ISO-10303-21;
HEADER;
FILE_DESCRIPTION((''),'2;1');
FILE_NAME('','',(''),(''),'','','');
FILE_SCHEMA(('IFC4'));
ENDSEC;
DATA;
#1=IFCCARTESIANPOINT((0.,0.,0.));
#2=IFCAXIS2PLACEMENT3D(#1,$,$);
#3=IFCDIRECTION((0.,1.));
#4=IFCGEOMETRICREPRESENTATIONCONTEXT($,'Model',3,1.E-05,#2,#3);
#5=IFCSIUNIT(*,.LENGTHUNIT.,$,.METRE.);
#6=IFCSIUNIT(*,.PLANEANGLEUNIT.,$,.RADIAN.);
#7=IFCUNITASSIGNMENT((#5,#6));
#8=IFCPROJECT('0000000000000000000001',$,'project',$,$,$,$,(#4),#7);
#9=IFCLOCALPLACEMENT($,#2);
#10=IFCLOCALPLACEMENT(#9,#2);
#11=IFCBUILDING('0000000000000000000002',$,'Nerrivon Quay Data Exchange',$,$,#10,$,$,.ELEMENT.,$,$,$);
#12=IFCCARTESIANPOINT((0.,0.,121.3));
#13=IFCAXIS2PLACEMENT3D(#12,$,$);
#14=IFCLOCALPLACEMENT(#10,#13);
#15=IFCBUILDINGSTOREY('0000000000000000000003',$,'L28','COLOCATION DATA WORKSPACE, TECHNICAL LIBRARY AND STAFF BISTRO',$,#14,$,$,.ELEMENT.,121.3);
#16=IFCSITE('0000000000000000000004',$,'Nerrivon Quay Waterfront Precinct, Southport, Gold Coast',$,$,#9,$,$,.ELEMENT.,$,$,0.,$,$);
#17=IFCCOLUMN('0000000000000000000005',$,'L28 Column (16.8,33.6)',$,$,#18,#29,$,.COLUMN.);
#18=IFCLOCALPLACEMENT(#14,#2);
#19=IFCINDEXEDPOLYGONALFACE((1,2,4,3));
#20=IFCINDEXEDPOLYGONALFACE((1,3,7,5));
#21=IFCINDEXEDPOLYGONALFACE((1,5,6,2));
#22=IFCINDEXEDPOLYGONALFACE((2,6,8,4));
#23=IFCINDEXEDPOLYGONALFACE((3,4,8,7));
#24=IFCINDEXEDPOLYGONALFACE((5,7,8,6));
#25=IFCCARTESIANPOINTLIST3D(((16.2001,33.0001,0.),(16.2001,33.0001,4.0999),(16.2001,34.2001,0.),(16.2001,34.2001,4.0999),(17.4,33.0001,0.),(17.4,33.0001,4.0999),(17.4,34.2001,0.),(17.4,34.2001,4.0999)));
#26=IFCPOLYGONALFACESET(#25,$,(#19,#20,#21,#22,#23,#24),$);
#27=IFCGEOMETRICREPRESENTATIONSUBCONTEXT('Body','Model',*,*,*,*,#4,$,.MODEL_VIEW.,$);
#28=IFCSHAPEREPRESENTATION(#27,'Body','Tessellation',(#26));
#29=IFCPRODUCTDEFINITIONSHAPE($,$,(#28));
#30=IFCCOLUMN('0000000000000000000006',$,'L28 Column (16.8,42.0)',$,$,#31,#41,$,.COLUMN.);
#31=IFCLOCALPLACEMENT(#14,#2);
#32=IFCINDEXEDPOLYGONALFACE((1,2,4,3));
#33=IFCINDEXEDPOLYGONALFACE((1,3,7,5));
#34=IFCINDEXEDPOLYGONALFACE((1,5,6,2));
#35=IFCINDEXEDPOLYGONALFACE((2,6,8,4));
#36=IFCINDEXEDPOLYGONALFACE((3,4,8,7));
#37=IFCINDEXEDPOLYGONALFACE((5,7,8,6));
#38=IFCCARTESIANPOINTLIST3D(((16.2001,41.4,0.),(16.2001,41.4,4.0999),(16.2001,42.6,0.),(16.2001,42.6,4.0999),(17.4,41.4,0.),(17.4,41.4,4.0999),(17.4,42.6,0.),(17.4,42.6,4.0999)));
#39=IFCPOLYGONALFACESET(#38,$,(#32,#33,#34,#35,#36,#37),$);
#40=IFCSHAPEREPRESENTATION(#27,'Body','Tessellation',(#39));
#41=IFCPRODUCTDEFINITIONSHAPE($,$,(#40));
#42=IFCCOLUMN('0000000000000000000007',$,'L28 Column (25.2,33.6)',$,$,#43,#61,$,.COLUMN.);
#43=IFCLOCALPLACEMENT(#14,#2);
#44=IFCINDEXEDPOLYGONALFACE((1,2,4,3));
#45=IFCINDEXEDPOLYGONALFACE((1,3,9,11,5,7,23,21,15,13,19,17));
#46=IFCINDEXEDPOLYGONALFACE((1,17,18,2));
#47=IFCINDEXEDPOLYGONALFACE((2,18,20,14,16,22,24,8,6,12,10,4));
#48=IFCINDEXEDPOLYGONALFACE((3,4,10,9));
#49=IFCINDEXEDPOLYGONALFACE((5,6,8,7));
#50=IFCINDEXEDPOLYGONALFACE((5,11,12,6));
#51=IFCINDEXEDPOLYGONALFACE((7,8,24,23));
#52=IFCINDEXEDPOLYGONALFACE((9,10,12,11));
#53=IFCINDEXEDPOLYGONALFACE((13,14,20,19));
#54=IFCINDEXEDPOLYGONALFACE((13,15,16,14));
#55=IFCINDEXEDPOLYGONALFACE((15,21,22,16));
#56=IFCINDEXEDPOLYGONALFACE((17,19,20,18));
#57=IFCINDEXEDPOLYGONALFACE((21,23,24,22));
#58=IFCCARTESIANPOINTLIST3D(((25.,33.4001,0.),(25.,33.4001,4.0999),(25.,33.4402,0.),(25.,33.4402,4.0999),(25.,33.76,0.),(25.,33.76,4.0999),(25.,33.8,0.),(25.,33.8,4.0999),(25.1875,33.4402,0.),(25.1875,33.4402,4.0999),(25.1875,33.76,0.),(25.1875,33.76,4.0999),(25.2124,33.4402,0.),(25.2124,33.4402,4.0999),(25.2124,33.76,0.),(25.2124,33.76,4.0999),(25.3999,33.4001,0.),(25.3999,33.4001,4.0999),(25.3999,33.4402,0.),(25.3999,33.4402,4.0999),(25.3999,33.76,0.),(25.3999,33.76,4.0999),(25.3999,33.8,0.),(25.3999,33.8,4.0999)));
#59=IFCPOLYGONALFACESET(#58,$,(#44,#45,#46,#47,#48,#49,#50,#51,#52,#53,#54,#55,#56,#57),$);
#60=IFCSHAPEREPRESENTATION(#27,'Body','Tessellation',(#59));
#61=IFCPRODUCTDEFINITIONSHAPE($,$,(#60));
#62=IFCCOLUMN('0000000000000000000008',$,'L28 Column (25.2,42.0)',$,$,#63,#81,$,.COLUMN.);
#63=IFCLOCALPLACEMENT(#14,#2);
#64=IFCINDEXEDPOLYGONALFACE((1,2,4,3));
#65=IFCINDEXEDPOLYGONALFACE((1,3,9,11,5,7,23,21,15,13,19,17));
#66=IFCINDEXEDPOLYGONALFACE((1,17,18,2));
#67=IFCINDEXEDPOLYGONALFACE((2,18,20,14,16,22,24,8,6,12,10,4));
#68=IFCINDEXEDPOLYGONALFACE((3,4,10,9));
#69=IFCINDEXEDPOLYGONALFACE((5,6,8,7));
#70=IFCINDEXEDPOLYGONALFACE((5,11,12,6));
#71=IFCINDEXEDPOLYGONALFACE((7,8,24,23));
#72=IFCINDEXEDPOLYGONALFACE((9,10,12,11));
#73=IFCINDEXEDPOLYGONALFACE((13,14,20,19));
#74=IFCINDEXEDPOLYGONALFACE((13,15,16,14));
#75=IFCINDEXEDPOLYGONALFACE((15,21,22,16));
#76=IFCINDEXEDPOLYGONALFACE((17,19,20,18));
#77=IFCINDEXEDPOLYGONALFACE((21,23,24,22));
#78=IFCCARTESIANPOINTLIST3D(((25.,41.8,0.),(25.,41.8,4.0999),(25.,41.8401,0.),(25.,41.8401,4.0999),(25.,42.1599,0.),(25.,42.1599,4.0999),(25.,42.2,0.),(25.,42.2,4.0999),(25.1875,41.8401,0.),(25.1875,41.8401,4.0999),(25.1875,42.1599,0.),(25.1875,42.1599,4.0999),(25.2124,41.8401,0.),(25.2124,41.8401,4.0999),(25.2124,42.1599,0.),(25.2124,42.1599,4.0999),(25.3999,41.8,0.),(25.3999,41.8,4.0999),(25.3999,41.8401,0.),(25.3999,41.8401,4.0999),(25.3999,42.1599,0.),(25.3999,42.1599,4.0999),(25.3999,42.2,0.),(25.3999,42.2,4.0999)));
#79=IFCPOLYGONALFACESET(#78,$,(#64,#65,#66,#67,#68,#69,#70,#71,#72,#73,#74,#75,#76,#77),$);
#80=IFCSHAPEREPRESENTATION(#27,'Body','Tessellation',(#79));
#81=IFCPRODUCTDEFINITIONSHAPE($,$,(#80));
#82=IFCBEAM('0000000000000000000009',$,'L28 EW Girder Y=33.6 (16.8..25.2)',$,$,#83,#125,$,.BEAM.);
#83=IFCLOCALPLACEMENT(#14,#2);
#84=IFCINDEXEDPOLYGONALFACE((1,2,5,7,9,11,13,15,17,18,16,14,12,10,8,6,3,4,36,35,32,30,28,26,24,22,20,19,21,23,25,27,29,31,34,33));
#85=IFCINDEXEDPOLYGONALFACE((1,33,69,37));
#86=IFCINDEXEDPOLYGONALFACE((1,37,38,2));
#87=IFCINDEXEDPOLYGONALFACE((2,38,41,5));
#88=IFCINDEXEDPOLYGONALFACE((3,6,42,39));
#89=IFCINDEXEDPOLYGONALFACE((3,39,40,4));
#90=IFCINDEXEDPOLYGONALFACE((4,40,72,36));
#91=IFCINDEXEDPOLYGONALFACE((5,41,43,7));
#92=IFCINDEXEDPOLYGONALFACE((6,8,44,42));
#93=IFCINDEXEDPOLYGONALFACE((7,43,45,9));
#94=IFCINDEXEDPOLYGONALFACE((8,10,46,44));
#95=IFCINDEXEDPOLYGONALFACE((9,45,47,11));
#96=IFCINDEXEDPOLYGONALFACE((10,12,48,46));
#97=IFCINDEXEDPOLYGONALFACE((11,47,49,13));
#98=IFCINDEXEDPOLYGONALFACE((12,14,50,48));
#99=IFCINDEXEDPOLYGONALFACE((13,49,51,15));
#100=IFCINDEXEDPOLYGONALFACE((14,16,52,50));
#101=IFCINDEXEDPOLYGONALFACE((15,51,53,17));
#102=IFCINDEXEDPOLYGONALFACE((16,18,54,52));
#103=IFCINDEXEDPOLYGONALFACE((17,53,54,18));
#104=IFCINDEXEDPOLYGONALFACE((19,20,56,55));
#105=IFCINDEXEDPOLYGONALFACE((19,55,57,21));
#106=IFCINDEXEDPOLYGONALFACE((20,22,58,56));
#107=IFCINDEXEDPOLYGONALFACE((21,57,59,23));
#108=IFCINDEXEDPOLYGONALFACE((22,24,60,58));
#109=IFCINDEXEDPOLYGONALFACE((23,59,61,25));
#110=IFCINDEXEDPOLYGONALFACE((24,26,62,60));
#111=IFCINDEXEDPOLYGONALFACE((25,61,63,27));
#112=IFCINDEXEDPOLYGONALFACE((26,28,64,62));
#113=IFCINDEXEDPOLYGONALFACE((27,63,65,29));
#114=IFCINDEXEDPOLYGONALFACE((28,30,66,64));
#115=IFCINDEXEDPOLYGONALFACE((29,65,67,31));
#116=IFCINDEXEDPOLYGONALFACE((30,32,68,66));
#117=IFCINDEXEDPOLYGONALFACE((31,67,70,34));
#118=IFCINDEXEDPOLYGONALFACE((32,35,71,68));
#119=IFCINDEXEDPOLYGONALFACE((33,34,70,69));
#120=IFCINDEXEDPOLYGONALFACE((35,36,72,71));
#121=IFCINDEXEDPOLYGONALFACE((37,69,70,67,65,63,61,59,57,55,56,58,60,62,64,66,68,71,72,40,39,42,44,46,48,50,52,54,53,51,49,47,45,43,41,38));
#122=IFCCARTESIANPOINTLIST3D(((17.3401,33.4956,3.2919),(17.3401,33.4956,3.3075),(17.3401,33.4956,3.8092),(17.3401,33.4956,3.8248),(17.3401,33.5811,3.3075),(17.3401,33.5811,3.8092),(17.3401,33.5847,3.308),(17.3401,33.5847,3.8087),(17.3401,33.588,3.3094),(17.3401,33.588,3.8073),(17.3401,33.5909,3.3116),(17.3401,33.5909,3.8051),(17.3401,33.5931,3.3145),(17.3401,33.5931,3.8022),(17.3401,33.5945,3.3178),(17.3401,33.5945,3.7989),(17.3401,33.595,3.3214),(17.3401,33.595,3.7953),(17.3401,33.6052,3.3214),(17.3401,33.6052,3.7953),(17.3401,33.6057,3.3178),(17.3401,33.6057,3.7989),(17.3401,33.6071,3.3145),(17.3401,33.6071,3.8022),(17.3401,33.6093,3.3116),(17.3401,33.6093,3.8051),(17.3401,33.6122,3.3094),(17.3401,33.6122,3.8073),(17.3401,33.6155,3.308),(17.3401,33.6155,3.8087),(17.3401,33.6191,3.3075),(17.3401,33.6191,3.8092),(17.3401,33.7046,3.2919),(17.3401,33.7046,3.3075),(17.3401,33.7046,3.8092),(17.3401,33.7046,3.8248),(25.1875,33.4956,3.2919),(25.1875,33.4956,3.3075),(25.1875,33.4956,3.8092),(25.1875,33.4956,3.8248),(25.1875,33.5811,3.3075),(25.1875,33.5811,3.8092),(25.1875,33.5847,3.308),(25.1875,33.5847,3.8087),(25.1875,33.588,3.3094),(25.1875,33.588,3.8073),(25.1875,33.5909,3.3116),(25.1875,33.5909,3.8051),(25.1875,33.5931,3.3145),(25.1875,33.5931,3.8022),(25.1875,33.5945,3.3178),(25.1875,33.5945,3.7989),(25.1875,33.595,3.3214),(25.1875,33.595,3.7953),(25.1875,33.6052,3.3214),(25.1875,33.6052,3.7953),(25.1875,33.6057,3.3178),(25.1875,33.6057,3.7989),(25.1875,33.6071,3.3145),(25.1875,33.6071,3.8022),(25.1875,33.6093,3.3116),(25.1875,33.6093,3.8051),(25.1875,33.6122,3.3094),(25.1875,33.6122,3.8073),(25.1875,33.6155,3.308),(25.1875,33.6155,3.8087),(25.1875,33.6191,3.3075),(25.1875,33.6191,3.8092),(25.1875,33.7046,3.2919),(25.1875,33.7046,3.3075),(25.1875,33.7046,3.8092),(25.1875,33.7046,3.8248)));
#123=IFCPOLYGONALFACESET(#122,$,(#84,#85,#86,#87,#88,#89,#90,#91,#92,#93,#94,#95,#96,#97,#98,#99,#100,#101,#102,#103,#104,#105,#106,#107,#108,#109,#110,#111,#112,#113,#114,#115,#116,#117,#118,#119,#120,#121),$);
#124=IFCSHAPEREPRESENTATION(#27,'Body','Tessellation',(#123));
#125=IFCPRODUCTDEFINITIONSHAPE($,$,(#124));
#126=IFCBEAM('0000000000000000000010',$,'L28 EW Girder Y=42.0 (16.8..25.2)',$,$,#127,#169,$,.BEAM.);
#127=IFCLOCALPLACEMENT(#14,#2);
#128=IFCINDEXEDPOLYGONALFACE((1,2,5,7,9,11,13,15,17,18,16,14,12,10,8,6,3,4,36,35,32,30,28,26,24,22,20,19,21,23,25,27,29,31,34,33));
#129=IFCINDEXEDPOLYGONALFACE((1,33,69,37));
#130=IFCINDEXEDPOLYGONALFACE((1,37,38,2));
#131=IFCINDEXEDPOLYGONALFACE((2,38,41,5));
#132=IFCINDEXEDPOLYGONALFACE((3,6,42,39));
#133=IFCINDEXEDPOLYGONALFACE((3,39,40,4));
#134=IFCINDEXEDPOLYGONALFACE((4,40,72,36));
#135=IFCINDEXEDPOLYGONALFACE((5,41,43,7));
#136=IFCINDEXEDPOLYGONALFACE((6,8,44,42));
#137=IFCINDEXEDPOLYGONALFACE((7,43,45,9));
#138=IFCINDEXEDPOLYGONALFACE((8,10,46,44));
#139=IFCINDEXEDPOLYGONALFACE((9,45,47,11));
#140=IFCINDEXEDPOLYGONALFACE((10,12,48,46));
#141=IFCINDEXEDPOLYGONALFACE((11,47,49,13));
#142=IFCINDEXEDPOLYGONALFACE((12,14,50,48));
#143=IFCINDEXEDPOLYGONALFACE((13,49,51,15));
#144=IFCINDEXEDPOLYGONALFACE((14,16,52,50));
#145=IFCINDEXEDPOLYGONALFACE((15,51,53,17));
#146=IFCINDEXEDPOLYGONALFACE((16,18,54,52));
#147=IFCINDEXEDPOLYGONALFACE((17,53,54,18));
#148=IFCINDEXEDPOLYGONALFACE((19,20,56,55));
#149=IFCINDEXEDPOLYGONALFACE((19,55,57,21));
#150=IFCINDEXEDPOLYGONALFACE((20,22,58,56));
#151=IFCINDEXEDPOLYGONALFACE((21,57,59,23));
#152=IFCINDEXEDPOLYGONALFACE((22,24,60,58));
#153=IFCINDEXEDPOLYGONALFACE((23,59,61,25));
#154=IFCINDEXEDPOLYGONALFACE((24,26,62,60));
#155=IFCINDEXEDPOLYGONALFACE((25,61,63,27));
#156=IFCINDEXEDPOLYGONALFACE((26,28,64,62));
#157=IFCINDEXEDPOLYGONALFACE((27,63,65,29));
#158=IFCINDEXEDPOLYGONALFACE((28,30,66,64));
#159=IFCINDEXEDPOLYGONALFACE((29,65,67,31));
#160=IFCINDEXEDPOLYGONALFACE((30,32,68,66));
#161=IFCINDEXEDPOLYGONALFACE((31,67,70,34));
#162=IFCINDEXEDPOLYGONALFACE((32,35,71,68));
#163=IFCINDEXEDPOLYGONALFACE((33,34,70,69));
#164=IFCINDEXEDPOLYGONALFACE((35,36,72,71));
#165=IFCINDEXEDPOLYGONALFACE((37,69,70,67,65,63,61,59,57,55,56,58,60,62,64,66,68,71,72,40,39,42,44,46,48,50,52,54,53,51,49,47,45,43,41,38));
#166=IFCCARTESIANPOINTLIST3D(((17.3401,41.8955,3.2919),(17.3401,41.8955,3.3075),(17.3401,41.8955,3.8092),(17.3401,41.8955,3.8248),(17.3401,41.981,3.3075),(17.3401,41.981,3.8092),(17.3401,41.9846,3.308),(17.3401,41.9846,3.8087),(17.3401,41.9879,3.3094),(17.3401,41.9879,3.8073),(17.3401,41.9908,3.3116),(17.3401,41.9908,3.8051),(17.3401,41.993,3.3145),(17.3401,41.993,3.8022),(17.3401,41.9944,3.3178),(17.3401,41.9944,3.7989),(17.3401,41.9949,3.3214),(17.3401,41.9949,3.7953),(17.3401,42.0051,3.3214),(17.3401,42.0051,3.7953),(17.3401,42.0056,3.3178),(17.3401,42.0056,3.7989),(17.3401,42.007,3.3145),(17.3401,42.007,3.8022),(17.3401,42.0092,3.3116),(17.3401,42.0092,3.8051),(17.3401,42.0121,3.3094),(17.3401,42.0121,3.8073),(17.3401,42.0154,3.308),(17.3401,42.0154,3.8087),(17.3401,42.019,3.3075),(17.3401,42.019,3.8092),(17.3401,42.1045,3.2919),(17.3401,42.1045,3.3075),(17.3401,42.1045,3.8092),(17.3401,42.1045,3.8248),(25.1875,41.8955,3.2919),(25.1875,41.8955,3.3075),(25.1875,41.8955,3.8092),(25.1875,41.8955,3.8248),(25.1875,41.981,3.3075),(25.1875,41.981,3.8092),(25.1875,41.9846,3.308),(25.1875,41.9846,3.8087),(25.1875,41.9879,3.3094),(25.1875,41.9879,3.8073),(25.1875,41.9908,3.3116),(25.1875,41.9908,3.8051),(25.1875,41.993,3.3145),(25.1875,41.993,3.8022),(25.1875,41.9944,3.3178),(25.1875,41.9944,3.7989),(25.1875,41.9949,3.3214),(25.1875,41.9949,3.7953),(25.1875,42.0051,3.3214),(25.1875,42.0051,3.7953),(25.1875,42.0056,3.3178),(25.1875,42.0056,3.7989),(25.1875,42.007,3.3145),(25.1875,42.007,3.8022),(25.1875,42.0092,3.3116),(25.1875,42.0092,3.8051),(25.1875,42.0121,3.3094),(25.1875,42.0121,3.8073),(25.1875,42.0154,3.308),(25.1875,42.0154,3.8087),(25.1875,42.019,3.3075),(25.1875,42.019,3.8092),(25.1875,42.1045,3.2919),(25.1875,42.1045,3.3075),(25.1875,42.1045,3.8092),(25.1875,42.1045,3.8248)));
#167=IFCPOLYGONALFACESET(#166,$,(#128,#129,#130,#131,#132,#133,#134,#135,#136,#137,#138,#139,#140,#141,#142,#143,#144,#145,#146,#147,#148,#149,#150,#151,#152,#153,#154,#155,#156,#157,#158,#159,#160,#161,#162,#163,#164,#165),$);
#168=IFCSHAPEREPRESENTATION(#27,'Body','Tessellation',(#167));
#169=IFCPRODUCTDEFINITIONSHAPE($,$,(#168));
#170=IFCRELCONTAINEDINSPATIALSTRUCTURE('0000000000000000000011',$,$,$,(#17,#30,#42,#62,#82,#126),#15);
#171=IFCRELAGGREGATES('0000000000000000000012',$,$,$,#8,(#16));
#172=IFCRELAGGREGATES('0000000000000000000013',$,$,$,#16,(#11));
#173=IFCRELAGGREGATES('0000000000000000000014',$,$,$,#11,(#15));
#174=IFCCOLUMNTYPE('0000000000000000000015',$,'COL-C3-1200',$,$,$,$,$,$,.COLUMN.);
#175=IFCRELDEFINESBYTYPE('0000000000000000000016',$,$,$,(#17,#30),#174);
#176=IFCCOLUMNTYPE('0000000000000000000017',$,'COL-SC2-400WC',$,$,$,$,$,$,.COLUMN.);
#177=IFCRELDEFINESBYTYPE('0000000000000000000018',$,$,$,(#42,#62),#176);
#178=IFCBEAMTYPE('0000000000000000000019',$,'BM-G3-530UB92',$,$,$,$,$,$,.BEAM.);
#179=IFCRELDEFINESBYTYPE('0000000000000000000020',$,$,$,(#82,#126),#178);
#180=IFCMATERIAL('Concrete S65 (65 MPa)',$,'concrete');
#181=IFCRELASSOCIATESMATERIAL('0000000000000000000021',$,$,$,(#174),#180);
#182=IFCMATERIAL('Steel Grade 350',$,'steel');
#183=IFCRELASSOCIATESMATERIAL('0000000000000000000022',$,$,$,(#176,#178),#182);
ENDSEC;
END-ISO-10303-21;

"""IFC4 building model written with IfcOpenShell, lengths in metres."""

from ifc_helpers import new_model, si_unit, direction, frame, origin, origin_2d, place, context, subcontext, project, spatial, rectangle, i_section, extrude, material, material_profile, profile_set, type_object, element, save


model = new_model("IFC4")

# Units and contexts
model_context = context("Model", 3, precision=1e-05, world=origin(), true_north=direction((0.0, 1.0)))
body_context = subcontext(model_context, "Body", "Model", "MODEL_VIEW")
ifc_project = project(units=[si_unit("LENGTHUNIT", "METRE"), si_unit("PLANEANGLEUNIT", "RADIAN")], contexts=[model_context])

# Site, building, storey
site_placement = place(None, origin())
site = spatial("IfcSite", under=ifc_project, at=site_placement, Name="Nerrivon Quay Waterfront Precinct, Southport, Gold Coast", CompositionType="ELEMENT", RefElevation=0.0)
building_placement = place(site_placement, origin())
building = spatial("IfcBuilding", under=site, at=building_placement, Name="Nerrivon Quay Data Exchange", CompositionType="ELEMENT")
storey_placement = place(building_placement, frame((0.0, 0.0, 121.3)))
storey = spatial("IfcBuildingStorey", under=building, at=storey_placement, Name="L28", Description="COLOCATION DATA WORKSPACE, TECHNICAL LIBRARY AND STAFF BISTRO", CompositionType="ELEMENT", Elevation=121.3)

# Columns
ifc_material_1 = material(Name="Concrete S65 (65 MPa)", Category="concrete")
ifc_material_profile_1 = material_profile(ifc_material_1, rectangle(XDim=1.2, YDim=1.2, at=origin_2d()), Name="RC-COL-1200x1200")
ifc_profile_set_1 = profile_set([ifc_material_profile_1], Name="Concrete S65 (65 MPa)")
column_type_1 = type_object("IfcColumnType", Name="COL-C3-1200", PredefinedType="COLUMN", material=ifc_profile_set_1)
for number, where, z_axis, x_axis, name in (
    (1, (16.8, 33.6001, 0.0), (0.0, 0.0, 1.0), (1.0, 0.0, 0.0), "L28 Column (16.8,33.6)"),
    (2, (16.8, 42.0, 0.0), (0.0, 0.0, 1.0), (1.0, 0.0, 0.0), "L28 Column (16.8,42.0)"),
):
    element("IfcColumn", number, at=place(storey_placement, frame(where, z_axis=z_axis, x_axis=x_axis)), inside=storey, type_object=column_type_1, Name=name, PredefinedType="COLUMN", context=body_context, shape_type="SweptSolid", body=[
        extrude(rectangle(XDim=1.2, YDim=1.2, at=origin_2d()), origin(), (0.0, 0.0, 1.0), 4.0999),
    ])
ifc_material_2 = material(Name="Steel Grade 350", Category="steel")
ifc_material_profile_2 = material_profile(ifc_material_2, i_section(OverallWidth=0.3999, OverallDepth=0.3999, WebThickness=0.0249, FlangeThickness=0.04, at=origin_2d()), Name="400WC328")
ifc_profile_set_2 = profile_set([ifc_material_profile_2], Name="Steel Grade 350")
column_type_2 = type_object("IfcColumnType", Name="COL-SC2-400WC", PredefinedType="COLUMN", material=ifc_profile_set_2)
for number, where, z_axis, x_axis, name in (
    (3, (25.2, 33.6001, 0.0), (0.0, 0.0, 1.0), (1.0, 0.0, 0.0), "L28 Column (25.2,33.6)"),
    (4, (25.2, 42.0, 0.0), (0.0, 0.0, 1.0), (1.0, 0.0, 0.0), "L28 Column (25.2,42.0)"),
):
    element("IfcColumn", number, at=place(storey_placement, frame(where, z_axis=z_axis, x_axis=x_axis)), inside=storey, type_object=column_type_2, Name=name, PredefinedType="COLUMN", context=body_context, shape_type="SweptSolid", body=[
        extrude(i_section(OverallWidth=0.3999, OverallDepth=0.3999, WebThickness=0.0249, FlangeThickness=0.04, at=origin_2d()), origin(), (0.0, 0.0, 1.0), 4.0999),
    ])

# Beams
ifc_material_profile_3 = material_profile(ifc_material_2, i_section(OverallWidth=0.209, OverallDepth=0.533, WebThickness=0.0103, FlangeThickness=0.0156, FilletRadius=0.0139, at=origin_2d()), Name="530UB92.4")
ifc_profile_set_3 = profile_set([ifc_material_profile_3], Name="Steel Grade 350")
beam_type_1 = type_object("IfcBeamType", Name="BM-G3-530UB92", PredefinedType="BEAM", material=ifc_profile_set_3)
for number, where, z_axis, x_axis, name in (
    (5, (17.3401, 33.6001, 3.5583), (1.0, 0.0, 0.0), (0.0, 1.0, 0.0), "L28 EW Girder Y=33.6 (16.8..25.2)"),
    (6, (17.3401, 42.0, 3.5583), (1.0, 0.0, 0.0), (0.0, 1.0, 0.0), "L28 EW Girder Y=42.0 (16.8..25.2)"),
):
    element("IfcBeam", number, at=place(storey_placement, frame(where, z_axis=z_axis, x_axis=x_axis)), inside=storey, type_object=beam_type_1, Name=name, PredefinedType="BEAM", context=body_context, shape_type="SweptSolid", body=[
        extrude(i_section(OverallWidth=0.209, OverallDepth=0.533, WebThickness=0.0103, FlangeThickness=0.0156, FilletRadius=0.0139, at=origin_2d()), origin(), (0.0, 0.0, 1.0), 7.8474),
    ])

save(model, "model.ifc")
